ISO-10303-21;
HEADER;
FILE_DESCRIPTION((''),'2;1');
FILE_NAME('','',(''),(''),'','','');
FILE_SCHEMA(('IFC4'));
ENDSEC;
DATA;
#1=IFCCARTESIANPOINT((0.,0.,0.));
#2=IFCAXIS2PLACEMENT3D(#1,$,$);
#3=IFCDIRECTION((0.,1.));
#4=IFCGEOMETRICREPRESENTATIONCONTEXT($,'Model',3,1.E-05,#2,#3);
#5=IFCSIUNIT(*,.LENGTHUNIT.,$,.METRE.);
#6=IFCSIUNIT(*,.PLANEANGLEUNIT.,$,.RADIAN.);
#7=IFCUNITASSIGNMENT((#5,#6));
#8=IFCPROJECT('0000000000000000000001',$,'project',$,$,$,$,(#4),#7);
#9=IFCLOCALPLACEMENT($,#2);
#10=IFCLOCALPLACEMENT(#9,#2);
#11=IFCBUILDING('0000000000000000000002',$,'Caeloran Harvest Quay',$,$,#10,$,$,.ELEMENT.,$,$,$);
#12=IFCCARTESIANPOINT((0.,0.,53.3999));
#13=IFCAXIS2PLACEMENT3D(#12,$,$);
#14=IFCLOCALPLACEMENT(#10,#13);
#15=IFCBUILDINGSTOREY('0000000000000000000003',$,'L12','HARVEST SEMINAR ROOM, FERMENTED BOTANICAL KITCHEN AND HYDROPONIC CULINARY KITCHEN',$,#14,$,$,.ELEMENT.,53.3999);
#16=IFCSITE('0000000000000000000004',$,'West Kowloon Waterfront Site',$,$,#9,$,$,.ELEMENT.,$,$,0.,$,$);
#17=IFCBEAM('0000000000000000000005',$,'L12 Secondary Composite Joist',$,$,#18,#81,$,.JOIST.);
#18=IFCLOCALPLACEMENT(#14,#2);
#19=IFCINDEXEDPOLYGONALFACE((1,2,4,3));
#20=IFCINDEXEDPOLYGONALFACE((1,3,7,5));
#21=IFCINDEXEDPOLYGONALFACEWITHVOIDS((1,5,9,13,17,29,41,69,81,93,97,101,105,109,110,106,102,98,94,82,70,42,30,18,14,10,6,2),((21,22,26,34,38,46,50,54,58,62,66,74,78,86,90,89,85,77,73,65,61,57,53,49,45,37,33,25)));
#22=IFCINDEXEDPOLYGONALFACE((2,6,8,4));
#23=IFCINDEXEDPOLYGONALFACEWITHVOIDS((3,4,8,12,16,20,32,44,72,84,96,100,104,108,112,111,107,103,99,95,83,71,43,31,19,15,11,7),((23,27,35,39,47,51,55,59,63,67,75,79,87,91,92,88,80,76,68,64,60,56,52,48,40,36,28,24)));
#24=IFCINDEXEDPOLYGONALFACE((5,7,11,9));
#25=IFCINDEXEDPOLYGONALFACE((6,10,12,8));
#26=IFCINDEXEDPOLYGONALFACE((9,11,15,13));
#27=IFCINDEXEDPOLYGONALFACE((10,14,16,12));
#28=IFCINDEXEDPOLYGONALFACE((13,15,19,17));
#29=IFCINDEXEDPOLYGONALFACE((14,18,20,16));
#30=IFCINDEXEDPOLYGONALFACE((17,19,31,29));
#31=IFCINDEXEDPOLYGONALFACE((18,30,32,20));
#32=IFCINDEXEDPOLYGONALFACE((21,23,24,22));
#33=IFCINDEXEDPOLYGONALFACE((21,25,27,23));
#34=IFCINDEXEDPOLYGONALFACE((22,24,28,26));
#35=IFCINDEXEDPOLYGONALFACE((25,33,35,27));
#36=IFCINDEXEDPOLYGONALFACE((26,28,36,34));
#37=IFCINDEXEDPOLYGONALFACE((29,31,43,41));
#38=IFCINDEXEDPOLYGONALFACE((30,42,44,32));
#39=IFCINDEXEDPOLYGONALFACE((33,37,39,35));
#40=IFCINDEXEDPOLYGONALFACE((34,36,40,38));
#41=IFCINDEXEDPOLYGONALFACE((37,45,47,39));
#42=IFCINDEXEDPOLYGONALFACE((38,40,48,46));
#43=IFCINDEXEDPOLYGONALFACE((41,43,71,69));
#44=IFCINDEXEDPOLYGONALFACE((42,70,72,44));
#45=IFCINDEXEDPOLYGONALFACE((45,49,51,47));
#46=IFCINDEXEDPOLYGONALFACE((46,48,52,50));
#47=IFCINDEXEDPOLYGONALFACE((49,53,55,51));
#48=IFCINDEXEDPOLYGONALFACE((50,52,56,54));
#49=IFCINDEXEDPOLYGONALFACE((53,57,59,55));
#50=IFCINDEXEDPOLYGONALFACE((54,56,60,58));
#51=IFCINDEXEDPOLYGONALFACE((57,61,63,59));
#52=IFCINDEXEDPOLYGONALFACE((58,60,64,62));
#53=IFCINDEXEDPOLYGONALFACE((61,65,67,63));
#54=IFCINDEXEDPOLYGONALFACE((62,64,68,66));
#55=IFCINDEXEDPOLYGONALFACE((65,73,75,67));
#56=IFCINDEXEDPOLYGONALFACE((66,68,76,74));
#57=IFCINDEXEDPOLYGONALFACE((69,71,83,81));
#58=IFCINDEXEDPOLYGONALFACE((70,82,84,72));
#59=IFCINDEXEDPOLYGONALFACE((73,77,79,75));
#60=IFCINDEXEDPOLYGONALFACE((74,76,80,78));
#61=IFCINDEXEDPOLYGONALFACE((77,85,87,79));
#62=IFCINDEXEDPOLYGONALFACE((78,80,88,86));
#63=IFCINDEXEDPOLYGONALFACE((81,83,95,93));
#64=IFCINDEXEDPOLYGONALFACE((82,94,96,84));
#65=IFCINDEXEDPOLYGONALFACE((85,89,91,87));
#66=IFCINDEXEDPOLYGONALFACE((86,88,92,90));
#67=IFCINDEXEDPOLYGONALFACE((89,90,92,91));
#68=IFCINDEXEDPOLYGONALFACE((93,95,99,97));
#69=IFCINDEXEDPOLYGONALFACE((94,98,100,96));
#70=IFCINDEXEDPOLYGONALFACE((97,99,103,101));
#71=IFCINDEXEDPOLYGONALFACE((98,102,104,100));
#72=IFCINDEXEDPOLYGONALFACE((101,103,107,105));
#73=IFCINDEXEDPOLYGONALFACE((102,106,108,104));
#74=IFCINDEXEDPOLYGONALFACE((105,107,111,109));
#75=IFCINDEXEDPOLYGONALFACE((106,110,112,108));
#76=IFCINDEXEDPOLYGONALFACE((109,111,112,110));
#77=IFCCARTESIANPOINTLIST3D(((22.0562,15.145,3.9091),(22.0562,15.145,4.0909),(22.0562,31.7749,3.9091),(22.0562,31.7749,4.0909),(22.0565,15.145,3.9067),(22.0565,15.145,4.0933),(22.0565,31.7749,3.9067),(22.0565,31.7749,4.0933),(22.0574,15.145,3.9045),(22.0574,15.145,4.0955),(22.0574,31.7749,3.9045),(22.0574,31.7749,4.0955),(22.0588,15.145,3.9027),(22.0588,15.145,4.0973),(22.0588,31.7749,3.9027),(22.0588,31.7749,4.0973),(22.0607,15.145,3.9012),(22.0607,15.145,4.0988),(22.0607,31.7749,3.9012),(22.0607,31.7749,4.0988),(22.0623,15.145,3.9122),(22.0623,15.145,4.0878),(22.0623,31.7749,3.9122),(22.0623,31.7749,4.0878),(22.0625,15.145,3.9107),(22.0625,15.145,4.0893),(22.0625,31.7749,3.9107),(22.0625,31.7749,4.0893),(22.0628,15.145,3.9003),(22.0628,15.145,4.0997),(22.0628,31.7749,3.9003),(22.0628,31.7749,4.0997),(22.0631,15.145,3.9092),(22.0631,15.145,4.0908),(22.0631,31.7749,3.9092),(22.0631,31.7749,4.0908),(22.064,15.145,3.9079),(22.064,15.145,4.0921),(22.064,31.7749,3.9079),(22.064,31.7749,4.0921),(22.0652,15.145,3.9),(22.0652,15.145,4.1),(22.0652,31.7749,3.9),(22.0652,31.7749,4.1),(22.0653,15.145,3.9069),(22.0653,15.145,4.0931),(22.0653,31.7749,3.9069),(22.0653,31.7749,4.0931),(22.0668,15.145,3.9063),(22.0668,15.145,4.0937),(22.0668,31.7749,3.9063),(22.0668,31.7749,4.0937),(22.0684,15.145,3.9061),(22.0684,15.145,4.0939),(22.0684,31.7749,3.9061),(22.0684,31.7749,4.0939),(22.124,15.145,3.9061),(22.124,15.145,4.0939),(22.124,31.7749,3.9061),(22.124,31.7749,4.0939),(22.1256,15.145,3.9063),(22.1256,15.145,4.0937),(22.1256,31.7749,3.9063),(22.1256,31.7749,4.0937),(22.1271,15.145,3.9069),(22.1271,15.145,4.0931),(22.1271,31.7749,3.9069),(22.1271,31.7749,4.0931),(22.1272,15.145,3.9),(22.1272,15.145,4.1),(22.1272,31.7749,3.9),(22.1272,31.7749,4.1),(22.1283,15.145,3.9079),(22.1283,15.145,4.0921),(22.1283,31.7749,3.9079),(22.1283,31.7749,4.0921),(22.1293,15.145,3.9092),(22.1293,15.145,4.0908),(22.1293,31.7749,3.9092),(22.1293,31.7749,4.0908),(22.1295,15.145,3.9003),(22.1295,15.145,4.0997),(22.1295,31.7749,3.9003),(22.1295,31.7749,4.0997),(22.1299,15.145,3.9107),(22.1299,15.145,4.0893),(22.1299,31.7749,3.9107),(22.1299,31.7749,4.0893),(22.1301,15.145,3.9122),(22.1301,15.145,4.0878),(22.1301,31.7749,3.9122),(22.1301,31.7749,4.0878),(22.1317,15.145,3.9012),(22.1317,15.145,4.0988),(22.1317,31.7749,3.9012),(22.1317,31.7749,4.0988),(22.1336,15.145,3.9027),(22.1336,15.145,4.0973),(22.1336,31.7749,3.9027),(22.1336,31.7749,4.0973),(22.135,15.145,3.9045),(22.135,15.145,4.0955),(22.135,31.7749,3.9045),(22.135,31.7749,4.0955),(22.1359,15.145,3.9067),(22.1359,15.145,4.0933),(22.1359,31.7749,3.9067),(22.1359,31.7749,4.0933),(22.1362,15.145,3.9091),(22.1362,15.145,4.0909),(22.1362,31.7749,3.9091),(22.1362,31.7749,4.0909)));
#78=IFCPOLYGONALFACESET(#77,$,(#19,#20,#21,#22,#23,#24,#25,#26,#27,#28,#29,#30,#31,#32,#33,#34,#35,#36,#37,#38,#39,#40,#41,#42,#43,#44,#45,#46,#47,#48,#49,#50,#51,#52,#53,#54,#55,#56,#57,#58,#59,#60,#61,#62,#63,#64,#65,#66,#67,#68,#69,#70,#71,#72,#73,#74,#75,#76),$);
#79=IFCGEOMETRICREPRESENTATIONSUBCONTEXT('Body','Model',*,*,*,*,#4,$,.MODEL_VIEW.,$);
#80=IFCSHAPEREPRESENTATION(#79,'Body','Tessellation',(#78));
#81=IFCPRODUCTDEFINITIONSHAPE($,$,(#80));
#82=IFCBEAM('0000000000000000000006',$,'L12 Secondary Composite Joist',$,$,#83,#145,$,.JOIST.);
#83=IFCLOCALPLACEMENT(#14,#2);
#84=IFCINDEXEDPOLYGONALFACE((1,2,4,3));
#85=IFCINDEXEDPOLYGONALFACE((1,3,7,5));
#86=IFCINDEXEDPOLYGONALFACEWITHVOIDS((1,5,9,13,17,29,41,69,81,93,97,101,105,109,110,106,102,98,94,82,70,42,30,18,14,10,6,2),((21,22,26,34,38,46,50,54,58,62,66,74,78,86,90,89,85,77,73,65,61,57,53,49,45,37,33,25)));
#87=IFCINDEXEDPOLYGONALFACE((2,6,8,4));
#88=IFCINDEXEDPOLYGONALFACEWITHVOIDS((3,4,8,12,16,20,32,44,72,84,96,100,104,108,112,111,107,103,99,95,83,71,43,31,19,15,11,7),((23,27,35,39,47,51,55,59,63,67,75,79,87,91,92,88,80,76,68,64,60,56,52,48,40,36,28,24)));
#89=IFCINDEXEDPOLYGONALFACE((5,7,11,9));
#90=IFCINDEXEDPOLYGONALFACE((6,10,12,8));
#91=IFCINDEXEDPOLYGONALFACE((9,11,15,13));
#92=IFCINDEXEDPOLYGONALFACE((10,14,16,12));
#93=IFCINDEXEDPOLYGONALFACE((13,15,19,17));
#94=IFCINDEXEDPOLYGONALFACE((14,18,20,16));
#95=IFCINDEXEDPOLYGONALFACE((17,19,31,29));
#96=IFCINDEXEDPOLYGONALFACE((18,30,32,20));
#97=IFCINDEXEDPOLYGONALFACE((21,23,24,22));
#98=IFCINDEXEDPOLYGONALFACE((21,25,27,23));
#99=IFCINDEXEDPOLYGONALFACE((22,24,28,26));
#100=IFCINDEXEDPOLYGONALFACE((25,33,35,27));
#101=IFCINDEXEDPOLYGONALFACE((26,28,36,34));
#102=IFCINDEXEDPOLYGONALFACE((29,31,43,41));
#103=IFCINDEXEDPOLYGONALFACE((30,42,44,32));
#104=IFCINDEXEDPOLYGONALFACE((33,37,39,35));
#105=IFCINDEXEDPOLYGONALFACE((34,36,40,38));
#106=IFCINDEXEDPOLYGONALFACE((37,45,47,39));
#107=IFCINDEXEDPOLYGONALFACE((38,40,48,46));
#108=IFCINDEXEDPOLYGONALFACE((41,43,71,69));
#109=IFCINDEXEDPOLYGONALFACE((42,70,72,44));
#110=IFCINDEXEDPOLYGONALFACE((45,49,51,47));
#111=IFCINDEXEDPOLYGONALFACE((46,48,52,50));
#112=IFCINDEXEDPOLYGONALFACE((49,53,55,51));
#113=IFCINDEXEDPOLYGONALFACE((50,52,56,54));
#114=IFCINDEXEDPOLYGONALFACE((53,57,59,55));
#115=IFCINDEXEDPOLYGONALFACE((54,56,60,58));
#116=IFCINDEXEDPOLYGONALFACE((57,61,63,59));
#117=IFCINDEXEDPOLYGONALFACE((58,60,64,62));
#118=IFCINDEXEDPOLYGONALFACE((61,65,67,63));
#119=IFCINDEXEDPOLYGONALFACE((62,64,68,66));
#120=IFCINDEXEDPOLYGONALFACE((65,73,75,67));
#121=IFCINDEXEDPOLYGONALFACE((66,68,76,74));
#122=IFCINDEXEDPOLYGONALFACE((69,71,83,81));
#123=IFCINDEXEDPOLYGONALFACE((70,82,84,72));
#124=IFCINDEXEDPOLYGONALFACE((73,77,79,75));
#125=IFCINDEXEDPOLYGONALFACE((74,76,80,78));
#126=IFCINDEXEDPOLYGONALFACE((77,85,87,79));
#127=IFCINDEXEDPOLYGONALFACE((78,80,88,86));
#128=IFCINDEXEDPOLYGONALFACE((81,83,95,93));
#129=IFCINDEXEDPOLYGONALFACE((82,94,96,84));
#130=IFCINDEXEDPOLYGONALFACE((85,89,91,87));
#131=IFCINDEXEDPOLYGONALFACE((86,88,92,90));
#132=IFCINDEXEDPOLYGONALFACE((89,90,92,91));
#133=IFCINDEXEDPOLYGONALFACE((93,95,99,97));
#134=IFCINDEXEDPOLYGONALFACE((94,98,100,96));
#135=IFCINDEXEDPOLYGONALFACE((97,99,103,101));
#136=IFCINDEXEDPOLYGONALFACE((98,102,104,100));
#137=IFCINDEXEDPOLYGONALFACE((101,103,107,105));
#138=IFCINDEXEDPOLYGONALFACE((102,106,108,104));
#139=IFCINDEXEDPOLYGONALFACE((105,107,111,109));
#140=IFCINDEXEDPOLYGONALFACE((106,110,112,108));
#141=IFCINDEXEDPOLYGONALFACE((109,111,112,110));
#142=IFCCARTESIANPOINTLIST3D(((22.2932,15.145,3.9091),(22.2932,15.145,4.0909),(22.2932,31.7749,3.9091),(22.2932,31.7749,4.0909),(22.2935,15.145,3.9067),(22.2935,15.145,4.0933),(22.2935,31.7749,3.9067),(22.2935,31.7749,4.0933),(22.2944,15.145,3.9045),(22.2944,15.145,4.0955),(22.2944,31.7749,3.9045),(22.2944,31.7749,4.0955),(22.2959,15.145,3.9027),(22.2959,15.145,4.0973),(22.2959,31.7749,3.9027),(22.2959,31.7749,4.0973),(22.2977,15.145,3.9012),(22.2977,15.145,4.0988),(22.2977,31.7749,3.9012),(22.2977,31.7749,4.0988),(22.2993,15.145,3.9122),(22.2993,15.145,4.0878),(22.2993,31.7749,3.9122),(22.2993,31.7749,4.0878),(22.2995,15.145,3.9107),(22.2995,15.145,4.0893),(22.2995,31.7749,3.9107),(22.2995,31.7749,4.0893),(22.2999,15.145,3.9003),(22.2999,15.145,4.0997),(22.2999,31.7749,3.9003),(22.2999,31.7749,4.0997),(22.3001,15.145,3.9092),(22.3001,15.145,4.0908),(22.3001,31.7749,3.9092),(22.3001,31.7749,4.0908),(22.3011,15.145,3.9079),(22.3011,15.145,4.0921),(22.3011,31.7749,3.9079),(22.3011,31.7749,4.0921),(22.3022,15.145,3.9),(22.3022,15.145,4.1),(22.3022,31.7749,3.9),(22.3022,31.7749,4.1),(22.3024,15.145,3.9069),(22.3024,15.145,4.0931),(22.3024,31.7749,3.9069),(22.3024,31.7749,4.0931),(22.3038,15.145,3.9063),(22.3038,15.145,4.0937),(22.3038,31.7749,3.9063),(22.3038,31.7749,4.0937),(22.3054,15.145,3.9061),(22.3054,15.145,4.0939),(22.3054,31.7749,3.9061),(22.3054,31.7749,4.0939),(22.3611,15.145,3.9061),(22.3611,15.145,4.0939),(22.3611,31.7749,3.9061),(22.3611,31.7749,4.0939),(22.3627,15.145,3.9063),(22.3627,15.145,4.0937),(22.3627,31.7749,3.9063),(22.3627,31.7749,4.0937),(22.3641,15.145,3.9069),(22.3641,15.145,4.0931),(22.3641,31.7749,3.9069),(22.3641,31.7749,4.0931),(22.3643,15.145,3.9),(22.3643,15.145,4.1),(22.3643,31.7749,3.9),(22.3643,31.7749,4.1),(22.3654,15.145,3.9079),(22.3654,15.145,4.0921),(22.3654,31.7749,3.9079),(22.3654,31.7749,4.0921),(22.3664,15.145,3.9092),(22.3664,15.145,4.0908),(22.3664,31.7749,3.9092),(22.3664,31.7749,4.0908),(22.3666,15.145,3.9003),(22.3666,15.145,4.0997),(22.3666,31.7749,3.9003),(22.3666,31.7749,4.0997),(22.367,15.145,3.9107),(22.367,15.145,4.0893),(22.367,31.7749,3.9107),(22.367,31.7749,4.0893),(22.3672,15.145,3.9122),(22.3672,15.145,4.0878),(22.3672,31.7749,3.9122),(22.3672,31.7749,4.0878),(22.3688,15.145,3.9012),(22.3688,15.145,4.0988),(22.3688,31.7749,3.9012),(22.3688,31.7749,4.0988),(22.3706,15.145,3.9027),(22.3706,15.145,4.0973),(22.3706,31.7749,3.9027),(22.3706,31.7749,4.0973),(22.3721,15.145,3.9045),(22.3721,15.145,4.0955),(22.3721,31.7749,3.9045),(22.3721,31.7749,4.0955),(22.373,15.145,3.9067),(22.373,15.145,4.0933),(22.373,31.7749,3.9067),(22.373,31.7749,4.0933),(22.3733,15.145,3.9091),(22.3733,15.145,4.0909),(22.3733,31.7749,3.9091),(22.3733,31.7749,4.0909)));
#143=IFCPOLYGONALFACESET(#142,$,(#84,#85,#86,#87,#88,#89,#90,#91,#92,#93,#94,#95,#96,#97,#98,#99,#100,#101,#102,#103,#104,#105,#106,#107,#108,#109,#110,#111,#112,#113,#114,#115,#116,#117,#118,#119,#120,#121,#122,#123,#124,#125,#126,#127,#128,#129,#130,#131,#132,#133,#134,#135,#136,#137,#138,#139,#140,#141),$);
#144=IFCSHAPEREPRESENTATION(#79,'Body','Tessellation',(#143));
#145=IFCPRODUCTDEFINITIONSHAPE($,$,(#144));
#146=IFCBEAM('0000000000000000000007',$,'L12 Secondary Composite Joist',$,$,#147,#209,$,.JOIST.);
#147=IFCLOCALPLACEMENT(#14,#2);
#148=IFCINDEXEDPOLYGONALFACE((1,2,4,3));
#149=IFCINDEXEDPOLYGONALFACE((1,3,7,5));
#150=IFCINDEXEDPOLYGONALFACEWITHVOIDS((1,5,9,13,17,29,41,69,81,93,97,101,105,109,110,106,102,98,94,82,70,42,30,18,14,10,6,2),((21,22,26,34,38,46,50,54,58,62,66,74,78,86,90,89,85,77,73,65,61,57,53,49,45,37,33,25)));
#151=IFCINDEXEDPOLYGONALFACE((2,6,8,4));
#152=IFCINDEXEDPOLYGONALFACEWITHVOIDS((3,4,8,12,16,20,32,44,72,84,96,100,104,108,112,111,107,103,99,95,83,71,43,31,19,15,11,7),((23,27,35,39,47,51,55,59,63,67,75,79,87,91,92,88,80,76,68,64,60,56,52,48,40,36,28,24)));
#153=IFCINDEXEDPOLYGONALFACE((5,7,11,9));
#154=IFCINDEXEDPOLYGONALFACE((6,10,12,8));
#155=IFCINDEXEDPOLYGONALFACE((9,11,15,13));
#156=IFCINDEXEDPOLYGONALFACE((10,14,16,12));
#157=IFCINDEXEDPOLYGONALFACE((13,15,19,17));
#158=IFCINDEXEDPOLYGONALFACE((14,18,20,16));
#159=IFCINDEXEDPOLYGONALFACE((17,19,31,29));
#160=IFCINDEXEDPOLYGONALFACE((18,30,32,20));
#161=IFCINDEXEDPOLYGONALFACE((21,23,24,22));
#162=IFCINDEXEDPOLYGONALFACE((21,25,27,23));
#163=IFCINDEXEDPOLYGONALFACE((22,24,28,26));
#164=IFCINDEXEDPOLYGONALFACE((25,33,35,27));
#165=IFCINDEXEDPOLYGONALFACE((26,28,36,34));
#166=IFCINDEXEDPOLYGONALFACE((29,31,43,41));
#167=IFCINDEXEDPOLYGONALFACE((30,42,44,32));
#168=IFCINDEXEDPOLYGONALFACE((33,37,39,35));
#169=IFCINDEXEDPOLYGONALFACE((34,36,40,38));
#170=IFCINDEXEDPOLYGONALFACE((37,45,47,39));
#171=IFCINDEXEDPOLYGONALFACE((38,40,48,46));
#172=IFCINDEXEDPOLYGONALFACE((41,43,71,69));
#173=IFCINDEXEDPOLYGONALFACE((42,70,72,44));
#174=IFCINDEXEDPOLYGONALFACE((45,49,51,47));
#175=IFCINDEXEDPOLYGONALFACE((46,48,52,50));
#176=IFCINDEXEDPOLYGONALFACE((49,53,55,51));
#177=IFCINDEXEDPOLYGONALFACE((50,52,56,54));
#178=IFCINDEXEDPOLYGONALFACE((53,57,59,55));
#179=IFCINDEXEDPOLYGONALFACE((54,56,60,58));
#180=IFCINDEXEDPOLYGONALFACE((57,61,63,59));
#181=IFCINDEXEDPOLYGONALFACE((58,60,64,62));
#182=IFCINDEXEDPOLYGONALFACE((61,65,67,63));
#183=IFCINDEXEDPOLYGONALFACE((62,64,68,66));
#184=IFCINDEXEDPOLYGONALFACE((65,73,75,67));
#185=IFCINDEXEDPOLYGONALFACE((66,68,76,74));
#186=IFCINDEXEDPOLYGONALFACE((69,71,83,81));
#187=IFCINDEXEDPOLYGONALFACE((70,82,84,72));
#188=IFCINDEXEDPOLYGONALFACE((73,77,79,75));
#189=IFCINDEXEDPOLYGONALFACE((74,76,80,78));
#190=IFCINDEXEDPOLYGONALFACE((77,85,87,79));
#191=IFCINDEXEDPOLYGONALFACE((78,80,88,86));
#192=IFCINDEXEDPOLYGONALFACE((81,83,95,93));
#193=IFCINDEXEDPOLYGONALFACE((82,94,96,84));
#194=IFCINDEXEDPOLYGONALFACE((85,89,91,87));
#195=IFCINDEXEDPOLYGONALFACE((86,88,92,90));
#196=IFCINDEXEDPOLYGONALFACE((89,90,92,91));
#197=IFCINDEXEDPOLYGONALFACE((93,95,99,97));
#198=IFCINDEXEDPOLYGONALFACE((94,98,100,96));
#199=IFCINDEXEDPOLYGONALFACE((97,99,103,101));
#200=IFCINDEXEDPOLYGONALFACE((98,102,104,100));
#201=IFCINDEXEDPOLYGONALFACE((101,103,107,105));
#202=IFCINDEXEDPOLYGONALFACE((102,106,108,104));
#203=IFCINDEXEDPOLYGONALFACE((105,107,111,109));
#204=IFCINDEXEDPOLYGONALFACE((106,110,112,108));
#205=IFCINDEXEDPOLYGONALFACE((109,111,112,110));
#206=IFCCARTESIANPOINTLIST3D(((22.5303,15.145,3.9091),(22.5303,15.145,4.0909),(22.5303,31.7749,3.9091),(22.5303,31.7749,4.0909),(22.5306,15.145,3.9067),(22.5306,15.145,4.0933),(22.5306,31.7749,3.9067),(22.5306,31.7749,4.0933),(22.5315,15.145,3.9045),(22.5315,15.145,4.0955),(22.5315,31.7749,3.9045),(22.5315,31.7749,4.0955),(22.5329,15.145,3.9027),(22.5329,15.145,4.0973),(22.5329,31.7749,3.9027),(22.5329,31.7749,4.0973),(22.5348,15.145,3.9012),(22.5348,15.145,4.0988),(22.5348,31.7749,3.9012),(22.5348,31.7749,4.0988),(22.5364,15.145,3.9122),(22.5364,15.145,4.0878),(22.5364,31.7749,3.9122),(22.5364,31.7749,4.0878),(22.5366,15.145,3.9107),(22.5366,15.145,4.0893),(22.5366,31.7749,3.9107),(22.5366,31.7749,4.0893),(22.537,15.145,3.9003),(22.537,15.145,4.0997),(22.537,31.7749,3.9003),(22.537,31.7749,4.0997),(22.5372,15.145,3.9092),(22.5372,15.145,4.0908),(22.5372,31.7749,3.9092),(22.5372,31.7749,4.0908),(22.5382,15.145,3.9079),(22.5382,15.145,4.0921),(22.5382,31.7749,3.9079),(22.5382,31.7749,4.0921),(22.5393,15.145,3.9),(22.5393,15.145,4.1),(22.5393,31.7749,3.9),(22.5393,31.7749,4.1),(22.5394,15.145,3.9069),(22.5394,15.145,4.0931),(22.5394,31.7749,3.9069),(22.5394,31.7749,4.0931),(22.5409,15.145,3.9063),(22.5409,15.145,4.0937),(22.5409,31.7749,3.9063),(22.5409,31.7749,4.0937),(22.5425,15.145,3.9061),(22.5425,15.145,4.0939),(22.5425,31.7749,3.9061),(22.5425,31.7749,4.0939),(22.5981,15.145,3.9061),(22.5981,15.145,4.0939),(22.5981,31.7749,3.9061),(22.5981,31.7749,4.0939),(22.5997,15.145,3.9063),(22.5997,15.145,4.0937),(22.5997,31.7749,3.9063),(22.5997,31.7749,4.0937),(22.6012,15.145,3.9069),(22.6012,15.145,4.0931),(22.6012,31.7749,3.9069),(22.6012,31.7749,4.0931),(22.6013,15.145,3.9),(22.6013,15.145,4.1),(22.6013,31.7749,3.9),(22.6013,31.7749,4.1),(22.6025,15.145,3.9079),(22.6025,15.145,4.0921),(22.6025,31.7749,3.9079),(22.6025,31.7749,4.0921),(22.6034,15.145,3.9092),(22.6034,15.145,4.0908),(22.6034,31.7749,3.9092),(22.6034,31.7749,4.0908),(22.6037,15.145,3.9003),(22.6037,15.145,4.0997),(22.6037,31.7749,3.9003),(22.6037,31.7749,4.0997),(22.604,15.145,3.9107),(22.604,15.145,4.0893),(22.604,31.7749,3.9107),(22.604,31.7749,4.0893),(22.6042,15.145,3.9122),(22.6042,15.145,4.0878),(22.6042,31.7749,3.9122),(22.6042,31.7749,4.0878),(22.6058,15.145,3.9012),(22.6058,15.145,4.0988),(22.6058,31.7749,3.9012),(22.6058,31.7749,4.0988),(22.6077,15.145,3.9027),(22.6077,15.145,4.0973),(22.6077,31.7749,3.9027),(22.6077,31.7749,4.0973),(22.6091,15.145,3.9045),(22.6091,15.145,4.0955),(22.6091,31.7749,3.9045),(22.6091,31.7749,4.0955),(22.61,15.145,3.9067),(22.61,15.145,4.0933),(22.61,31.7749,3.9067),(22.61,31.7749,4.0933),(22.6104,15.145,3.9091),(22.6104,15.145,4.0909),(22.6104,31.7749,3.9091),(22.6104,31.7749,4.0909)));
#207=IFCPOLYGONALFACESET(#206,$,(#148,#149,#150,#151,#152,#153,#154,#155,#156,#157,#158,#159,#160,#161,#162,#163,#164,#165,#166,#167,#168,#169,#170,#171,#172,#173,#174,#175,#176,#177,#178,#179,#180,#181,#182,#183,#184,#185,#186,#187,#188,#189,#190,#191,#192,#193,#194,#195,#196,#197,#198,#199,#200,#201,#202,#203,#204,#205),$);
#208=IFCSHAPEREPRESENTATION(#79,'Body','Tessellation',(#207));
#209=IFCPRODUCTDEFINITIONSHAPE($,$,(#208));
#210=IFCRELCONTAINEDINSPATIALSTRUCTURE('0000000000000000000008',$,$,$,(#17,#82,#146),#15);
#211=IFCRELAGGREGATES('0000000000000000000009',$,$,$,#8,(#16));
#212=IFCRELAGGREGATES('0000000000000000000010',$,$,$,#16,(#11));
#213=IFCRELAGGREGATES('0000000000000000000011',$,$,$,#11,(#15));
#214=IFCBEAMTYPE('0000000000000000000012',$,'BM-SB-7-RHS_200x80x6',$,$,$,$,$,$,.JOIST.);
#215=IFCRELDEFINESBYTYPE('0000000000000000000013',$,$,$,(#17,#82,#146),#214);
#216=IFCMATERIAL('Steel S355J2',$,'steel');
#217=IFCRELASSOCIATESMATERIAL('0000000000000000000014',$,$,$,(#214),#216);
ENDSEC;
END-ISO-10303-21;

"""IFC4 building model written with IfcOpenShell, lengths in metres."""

from ifc_helpers import new_model, si_unit, direction, frame, origin, origin_2d, place, context, subcontext, project, spatial, hollow_rectangle, extrude, material, material_profile, profile_set, type_object, element, save


model = new_model("IFC4")

# Units and contexts
model_context = context("Model", 3, precision=1e-05, world=origin(), true_north=direction((0.0, 1.0)))
body_context = subcontext(model_context, "Body", "Model", "MODEL_VIEW")
ifc_project = project(units=[si_unit("LENGTHUNIT", "METRE"), si_unit("PLANEANGLEUNIT", "RADIAN")], contexts=[model_context])

# Site, building, storey
site_placement = place(None, origin())
site = spatial("IfcSite", under=ifc_project, at=site_placement, Name="West Kowloon Waterfront Site", CompositionType="ELEMENT", RefElevation=0.0)
building_placement = place(site_placement, origin())
building = spatial("IfcBuilding", under=site, at=building_placement, Name="Caeloran Harvest Quay", CompositionType="ELEMENT")
storey_placement = place(building_placement, frame((0.0, 0.0, 53.3999)))
storey = spatial("IfcBuildingStorey", under=building, at=storey_placement, Name="L12", Description="HARVEST SEMINAR ROOM, FERMENTED BOTANICAL KITCHEN AND HYDROPONIC CULINARY KITCHEN", CompositionType="ELEMENT", Elevation=53.3999)

# Beams
ifc_material_1 = material(Name="Steel S355J2", Category="steel")
ifc_material_profile_1 = material_profile(ifc_material_1, hollow_rectangle(XDim=0.0801, YDim=0.2, WallThickness=0.0061, InnerFilletRadius=0.0061, OuterFilletRadius=0.009, at=origin_2d()), Name="RHS 200x80x6")
ifc_profile_set_1 = profile_set([ifc_material_profile_1], Name="Steel S355J2")
beam_type_1 = type_object("IfcBeamType", Name="BM-SB-7-RHS_200x80x6", PredefinedType="JOIST", material=ifc_profile_set_1)
for number, where, z_axis, x_axis, name in (
    (1, (22.0962, 15.145, 4.0), (0.0, 1.0, 0.0), (-1.0, 0.0, 0.0), "L12 Secondary Composite Joist"),
    (2, (22.3333, 15.145, 4.0), (0.0, 1.0, 0.0), (-1.0, 0.0, 0.0), "L12 Secondary Composite Joist"),
    (3, (22.5703, 15.145, 4.0), (0.0, 1.0, 0.0), (-1.0, 0.0, 0.0), "L12 Secondary Composite Joist"),
):
    element("IfcBeam", number, at=place(storey_placement, frame(where, z_axis=z_axis, x_axis=x_axis)), inside=storey, type_object=beam_type_1, Name=name, PredefinedType="JOIST", context=body_context, shape_type="SweptSolid", body=[
        extrude(hollow_rectangle(XDim=0.0801, YDim=0.2, WallThickness=0.0061, InnerFilletRadius=0.0061, OuterFilletRadius=0.009, at=origin_2d()), origin(), (0.0, 0.0, 1.0), 16.6299),
    ])

save(model, "model.ifc")
